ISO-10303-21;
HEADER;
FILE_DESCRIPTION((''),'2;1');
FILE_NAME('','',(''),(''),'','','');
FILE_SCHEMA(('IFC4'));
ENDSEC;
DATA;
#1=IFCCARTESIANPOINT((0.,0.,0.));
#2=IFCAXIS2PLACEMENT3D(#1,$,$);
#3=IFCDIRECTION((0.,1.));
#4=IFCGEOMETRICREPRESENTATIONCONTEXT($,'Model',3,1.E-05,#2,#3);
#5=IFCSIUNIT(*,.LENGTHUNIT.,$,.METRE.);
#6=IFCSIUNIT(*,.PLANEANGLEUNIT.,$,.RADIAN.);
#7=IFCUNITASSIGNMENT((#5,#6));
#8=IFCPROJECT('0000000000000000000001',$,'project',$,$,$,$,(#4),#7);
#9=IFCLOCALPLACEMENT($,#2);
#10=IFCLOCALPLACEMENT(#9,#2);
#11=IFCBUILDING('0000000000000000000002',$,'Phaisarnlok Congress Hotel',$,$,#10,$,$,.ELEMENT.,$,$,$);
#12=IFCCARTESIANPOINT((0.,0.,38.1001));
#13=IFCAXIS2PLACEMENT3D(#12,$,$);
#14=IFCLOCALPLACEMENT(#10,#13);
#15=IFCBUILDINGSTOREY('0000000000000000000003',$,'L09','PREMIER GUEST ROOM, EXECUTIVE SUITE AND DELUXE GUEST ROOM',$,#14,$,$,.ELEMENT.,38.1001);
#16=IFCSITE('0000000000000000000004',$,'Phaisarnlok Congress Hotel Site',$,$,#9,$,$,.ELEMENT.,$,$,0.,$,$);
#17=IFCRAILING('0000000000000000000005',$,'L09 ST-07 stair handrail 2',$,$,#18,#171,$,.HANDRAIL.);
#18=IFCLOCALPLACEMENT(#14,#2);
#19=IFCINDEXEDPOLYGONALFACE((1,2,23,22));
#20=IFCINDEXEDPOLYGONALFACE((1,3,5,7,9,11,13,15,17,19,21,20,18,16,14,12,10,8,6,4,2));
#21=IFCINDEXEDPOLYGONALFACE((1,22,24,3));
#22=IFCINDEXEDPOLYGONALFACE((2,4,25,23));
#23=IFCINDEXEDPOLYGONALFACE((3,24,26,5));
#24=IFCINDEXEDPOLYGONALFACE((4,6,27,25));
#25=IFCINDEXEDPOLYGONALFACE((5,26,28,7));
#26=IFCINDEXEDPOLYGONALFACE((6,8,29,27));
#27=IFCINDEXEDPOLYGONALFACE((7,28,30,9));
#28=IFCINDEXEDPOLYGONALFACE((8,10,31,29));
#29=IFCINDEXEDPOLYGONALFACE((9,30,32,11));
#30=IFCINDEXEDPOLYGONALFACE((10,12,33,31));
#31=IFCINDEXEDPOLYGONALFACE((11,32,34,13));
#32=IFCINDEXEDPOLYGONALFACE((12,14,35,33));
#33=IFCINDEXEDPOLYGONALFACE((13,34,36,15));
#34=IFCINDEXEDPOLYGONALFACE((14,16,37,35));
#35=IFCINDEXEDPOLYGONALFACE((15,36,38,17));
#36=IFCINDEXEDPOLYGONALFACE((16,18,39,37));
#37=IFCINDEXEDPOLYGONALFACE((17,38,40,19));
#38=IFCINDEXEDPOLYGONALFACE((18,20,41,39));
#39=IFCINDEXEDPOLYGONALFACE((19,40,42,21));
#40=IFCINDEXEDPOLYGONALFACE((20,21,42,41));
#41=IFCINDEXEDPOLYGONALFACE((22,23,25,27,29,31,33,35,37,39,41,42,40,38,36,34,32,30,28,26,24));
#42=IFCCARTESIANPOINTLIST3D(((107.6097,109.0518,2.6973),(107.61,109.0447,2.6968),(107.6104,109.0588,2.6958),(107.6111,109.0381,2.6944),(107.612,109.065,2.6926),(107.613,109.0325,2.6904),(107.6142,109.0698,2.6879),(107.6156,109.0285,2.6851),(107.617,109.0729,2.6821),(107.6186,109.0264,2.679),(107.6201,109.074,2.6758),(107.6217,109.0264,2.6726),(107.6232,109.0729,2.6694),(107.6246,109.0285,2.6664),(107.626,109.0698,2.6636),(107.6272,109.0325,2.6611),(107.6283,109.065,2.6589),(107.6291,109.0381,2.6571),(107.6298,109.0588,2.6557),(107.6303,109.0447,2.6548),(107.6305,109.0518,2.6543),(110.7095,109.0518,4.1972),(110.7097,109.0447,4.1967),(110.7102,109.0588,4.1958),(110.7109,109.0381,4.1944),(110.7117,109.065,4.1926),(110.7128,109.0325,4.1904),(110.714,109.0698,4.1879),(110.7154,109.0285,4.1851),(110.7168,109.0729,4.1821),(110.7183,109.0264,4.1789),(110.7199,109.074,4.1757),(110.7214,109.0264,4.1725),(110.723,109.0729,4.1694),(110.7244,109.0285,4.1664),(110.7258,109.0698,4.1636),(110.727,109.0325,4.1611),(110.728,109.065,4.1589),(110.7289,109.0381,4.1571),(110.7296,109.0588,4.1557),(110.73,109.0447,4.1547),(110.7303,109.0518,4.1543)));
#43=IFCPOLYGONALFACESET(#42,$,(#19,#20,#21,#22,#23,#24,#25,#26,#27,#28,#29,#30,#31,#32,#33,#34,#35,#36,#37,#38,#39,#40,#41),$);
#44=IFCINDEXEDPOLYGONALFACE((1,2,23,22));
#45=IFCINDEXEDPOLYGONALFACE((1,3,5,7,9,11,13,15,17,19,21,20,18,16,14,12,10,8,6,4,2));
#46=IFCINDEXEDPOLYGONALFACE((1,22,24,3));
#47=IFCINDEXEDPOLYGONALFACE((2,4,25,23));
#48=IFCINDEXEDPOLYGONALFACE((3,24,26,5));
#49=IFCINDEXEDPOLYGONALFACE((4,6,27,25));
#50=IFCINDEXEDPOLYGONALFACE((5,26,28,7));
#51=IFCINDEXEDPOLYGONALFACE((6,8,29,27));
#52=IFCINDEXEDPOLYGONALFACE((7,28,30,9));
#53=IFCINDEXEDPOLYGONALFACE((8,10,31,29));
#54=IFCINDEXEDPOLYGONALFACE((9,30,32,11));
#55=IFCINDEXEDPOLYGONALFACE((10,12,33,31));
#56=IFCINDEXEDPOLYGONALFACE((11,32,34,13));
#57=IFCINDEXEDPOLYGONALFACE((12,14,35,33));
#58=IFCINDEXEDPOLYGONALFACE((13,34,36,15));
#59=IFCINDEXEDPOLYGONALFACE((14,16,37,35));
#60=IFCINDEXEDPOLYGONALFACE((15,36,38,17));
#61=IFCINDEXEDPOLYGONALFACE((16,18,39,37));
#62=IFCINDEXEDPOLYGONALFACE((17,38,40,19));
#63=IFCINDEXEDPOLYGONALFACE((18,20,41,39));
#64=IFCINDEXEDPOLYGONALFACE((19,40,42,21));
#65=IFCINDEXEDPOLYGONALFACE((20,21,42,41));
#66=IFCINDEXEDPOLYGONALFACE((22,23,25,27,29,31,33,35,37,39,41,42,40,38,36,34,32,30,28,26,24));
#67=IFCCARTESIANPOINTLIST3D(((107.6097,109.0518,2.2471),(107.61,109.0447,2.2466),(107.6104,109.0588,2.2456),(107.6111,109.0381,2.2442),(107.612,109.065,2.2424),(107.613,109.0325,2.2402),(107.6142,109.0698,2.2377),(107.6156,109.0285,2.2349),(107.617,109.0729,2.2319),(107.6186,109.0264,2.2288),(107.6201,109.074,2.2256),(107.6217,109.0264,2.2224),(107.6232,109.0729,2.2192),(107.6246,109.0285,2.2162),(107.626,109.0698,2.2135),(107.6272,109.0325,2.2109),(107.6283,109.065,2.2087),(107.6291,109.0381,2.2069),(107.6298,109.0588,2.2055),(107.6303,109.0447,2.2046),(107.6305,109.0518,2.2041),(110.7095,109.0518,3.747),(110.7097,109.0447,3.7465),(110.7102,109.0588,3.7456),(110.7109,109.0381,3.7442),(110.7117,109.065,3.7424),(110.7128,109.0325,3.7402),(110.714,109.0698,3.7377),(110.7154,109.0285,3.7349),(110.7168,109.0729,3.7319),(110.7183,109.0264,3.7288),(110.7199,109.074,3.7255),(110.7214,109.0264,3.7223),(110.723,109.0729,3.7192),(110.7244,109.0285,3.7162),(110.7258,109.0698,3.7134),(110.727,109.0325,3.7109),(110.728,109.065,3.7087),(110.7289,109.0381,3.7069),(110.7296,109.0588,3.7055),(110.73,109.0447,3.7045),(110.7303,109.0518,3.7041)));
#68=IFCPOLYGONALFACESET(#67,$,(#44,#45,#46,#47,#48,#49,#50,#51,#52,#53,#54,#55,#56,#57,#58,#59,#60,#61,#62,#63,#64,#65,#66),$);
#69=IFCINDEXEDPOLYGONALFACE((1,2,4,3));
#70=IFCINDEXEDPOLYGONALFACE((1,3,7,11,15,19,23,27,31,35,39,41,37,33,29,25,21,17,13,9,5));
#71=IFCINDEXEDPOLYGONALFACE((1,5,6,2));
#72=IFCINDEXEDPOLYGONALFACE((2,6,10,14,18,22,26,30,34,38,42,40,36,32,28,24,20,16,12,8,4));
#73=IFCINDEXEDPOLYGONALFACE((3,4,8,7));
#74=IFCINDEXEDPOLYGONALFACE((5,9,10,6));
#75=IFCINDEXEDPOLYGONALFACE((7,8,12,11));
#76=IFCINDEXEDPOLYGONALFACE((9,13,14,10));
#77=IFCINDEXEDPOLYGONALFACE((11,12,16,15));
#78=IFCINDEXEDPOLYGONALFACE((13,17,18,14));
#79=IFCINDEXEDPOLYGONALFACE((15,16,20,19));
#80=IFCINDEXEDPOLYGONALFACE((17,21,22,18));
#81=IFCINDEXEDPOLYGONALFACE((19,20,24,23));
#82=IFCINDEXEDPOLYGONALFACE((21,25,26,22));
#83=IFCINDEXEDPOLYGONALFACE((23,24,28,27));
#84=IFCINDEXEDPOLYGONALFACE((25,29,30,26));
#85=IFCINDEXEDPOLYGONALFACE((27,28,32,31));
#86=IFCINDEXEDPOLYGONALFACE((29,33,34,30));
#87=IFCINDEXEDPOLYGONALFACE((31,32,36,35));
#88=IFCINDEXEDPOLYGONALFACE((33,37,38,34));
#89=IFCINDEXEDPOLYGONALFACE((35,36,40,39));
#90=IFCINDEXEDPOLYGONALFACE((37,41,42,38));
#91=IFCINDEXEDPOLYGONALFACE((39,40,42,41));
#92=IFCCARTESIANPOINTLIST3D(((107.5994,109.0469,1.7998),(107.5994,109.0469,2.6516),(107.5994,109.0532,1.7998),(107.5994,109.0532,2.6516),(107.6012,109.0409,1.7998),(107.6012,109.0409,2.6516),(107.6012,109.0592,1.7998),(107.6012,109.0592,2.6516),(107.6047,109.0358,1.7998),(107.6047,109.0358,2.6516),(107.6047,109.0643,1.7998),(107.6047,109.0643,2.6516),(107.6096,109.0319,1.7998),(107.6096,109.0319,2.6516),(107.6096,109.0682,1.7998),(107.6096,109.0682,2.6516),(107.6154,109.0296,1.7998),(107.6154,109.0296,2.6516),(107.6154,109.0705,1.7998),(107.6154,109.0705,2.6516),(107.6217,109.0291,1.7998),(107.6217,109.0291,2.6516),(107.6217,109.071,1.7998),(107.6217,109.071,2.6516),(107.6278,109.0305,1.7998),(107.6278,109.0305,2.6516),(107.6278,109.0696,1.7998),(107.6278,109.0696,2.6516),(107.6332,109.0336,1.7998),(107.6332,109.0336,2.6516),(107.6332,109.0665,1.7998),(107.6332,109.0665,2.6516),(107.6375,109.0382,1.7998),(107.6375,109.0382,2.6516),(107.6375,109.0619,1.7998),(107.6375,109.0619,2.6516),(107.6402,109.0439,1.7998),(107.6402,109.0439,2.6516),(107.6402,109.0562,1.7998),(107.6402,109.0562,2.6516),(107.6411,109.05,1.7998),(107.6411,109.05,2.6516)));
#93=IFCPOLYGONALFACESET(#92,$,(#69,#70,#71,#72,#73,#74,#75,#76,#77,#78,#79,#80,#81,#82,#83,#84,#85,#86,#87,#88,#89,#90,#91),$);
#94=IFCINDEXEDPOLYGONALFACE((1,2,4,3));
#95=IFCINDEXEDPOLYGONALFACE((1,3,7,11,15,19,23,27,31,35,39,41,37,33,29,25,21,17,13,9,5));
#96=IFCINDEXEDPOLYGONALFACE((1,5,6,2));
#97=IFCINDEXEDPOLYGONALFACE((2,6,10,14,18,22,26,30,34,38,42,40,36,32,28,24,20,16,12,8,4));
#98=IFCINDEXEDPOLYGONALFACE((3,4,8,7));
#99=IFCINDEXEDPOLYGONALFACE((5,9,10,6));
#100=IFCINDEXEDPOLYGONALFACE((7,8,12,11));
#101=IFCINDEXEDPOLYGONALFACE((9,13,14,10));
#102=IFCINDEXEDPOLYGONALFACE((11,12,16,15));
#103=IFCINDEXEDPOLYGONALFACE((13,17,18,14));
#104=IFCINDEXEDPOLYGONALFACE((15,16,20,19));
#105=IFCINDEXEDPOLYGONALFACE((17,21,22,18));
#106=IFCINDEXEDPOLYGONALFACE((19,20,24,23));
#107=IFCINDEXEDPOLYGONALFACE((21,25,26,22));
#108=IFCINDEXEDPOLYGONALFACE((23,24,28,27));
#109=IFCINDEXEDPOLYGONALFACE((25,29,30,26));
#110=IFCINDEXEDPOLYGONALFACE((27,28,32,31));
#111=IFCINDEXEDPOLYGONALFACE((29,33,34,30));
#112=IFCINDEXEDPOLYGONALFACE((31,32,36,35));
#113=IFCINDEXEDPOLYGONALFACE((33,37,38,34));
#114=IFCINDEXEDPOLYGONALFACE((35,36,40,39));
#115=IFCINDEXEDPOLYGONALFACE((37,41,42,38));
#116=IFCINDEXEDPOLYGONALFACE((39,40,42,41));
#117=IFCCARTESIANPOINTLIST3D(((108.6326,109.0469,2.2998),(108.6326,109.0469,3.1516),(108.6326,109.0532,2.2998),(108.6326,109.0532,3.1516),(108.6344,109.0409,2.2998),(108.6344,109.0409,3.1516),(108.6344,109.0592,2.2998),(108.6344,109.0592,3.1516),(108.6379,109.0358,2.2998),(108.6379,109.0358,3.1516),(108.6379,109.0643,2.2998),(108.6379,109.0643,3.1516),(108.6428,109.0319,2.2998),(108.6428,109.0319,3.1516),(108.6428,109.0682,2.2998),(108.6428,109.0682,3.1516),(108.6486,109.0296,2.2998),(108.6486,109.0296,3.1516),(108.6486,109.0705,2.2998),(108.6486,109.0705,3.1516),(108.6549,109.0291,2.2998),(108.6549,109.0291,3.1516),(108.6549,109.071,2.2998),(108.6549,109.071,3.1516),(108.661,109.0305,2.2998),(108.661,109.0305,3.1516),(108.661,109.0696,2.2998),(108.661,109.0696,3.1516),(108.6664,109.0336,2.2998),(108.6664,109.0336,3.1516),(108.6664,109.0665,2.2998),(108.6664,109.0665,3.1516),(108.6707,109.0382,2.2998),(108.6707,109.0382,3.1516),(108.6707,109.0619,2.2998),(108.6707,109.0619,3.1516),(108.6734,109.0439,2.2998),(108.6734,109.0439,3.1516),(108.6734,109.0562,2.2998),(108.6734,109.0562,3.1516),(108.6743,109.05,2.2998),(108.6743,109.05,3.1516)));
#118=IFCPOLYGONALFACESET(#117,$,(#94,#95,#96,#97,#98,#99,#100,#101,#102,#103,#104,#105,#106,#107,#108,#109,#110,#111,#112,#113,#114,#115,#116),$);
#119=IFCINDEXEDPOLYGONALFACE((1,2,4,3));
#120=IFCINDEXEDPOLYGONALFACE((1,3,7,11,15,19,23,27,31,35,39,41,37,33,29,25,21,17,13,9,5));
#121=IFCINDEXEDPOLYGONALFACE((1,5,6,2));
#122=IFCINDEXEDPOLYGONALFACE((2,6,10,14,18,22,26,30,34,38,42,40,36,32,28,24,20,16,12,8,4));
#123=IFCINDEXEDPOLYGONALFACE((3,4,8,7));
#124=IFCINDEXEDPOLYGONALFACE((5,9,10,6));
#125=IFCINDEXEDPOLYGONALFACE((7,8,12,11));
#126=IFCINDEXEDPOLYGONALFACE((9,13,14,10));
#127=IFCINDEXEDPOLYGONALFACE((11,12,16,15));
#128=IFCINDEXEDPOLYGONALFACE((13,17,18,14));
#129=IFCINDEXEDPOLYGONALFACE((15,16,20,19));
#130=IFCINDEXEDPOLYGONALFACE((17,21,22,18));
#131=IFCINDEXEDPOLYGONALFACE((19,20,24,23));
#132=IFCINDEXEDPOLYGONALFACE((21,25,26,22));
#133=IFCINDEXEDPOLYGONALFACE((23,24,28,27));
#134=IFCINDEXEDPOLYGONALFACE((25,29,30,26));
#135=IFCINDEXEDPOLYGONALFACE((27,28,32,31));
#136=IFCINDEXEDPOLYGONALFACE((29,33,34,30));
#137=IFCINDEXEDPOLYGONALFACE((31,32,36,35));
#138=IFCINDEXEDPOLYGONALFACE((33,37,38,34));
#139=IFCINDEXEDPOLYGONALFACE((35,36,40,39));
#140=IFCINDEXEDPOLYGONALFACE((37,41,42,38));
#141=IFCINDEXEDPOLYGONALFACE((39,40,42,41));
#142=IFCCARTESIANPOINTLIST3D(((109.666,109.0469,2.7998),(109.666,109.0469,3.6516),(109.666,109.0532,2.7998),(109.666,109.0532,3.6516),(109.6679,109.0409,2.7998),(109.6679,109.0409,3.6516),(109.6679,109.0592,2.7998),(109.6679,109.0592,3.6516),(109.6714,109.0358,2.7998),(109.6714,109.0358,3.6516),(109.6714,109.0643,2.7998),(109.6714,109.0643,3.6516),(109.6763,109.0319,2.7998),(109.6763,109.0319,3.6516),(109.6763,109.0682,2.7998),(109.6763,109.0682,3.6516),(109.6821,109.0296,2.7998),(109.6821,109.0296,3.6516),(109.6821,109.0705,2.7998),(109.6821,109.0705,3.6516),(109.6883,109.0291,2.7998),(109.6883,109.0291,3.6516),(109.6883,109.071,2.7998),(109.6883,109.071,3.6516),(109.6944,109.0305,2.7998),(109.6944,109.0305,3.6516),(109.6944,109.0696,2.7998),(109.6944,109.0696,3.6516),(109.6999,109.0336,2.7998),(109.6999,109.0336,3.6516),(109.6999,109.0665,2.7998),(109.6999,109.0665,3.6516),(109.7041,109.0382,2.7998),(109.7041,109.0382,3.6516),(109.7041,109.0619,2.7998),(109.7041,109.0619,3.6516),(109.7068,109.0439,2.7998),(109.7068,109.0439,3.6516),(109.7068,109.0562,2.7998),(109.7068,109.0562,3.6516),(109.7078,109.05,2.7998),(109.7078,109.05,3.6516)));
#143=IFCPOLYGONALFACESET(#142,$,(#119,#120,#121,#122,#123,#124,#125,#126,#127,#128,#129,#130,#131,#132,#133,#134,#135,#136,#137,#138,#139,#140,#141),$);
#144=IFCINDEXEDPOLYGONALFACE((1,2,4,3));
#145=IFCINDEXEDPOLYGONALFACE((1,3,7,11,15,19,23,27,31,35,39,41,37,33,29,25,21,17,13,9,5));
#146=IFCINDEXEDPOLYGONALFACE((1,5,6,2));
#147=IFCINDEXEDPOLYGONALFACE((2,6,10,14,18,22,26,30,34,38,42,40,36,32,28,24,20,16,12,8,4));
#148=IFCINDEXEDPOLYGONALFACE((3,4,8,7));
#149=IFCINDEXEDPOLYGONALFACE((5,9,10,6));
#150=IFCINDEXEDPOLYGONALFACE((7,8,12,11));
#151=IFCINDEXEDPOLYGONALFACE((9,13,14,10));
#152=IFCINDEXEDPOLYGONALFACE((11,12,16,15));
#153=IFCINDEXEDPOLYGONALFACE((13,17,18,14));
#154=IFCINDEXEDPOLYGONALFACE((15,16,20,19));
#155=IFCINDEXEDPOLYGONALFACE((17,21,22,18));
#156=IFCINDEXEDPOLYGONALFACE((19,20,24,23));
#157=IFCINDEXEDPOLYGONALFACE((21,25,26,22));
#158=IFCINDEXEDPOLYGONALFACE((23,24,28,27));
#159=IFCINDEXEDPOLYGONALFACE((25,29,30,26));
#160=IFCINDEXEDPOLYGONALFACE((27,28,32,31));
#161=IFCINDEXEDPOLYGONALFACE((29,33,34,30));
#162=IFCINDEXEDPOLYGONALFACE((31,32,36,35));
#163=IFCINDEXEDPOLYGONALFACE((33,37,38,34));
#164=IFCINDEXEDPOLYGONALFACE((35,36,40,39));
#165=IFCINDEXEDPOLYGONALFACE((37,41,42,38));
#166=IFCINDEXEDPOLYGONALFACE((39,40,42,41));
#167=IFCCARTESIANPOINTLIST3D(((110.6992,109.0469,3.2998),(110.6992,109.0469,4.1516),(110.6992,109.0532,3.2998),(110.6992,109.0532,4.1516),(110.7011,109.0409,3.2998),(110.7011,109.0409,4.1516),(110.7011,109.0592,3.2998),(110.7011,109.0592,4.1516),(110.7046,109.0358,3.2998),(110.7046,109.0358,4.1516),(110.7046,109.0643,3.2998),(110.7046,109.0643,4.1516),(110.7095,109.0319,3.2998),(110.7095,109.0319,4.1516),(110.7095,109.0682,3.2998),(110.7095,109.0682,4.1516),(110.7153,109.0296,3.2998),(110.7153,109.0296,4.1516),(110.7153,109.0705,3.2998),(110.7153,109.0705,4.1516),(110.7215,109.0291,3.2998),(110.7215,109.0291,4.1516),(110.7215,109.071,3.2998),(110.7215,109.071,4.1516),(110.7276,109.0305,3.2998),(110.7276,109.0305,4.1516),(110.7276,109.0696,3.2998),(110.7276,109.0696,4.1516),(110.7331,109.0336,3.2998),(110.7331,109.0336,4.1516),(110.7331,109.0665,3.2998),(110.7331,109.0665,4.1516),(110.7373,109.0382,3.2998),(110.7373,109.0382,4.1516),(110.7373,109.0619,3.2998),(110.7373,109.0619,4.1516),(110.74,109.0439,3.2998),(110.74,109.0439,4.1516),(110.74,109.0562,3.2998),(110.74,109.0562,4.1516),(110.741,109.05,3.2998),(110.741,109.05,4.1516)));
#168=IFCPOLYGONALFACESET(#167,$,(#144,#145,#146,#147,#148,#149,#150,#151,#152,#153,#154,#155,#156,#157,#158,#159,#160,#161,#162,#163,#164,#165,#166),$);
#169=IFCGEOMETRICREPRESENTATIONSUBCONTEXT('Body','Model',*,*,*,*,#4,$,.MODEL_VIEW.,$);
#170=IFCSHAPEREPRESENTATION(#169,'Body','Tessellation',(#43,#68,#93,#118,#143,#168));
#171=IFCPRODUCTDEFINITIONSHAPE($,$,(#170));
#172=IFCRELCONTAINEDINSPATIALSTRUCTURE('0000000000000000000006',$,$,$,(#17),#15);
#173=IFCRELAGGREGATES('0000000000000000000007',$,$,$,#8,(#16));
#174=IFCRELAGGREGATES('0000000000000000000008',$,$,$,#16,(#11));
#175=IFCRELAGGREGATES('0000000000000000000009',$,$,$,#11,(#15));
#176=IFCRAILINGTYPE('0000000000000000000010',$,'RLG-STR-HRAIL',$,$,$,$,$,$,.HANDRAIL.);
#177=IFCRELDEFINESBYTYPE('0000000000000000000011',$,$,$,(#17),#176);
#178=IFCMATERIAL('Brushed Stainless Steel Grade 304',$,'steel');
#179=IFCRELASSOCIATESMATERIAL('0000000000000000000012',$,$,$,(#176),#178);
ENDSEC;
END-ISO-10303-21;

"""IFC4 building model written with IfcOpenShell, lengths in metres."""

from ifc_helpers import new_model, si_unit, direction, frame, origin, origin_2d, place, context, subcontext, project, spatial, circle, extrude, material, type_object, element, save


model = new_model("IFC4")

# Units and contexts
model_context = context("Model", 3, precision=1e-05, world=origin(), true_north=direction((0.0, 1.0)))
body_context = subcontext(model_context, "Body", "Model", "MODEL_VIEW")
ifc_project = project(units=[si_unit("LENGTHUNIT", "METRE"), si_unit("PLANEANGLEUNIT", "RADIAN")], contexts=[model_context])

# Site, building, storey
site_placement = place(None, origin())
site = spatial("IfcSite", under=ifc_project, at=site_placement, Name="Phaisarnlok Congress Hotel Site", CompositionType="ELEMENT", RefElevation=0.0)
building_placement = place(site_placement, origin())
building = spatial("IfcBuilding", under=site, at=building_placement, Name="Phaisarnlok Congress Hotel", CompositionType="ELEMENT")
storey_placement = place(building_placement, frame((0.0, 0.0, 38.1001)))
storey = spatial("IfcBuildingStorey", under=building, at=storey_placement, Name="L09", Description="PREMIER GUEST ROOM, EXECUTIVE SUITE AND DELUXE GUEST ROOM", CompositionType="ELEMENT", Elevation=38.1001)

# Railing
ifc_material_1 = material(Name="Brushed Stainless Steel Grade 304", Category="steel")
railing_type_1 = type_object("IfcRailingType", Name="RLG-STR-HRAIL", PredefinedType="HANDRAIL", material=ifc_material_1)
railing_1_placement = place(storey_placement, frame((107.6201, 109.05, 1.7998)))
element("IfcRailing", 1, at=railing_1_placement, inside=storey, type_object=railing_type_1, Name="L09 ST-07 stair handrail 2", PredefinedType="HANDRAIL", context=body_context, shape_type="SweptSolid", body=[
    extrude(circle(Radius=0.0239, at=origin_2d()), frame((0.0, 0.0, 0.876), z_axis=(0.900151, 0.0, 0.435578), x_axis=(0.0, 1.0, 0.0)), (0.0, 0.0, 1.0), 3.4436),
    extrude(circle(Radius=0.0239, at=origin_2d()), frame((0.0, 0.0, 0.4258), z_axis=(0.900151, 0.0, 0.435578), x_axis=(0.0, 1.0, 0.0)), (0.0, 0.0, 1.0), 3.4436),
    extrude(circle(Radius=0.021, at=origin_2d()), origin(), (0.0, 0.0, 1.0), 0.8518),
    extrude(circle(Radius=0.021, at=origin_2d()), frame((1.0332, 0.0, 0.5)), (0.0, 0.0, 1.0), 0.8518),
    extrude(circle(Radius=0.021, at=origin_2d()), frame((2.0667, 0.0, 1.0)), (0.0, 0.0, 1.0), 0.8518),
    extrude(circle(Radius=0.021, at=origin_2d()), frame((3.0999, 0.0, 1.5)), (0.0, 0.0, 1.0), 0.8518),
])

save(model, "model.ifc")
